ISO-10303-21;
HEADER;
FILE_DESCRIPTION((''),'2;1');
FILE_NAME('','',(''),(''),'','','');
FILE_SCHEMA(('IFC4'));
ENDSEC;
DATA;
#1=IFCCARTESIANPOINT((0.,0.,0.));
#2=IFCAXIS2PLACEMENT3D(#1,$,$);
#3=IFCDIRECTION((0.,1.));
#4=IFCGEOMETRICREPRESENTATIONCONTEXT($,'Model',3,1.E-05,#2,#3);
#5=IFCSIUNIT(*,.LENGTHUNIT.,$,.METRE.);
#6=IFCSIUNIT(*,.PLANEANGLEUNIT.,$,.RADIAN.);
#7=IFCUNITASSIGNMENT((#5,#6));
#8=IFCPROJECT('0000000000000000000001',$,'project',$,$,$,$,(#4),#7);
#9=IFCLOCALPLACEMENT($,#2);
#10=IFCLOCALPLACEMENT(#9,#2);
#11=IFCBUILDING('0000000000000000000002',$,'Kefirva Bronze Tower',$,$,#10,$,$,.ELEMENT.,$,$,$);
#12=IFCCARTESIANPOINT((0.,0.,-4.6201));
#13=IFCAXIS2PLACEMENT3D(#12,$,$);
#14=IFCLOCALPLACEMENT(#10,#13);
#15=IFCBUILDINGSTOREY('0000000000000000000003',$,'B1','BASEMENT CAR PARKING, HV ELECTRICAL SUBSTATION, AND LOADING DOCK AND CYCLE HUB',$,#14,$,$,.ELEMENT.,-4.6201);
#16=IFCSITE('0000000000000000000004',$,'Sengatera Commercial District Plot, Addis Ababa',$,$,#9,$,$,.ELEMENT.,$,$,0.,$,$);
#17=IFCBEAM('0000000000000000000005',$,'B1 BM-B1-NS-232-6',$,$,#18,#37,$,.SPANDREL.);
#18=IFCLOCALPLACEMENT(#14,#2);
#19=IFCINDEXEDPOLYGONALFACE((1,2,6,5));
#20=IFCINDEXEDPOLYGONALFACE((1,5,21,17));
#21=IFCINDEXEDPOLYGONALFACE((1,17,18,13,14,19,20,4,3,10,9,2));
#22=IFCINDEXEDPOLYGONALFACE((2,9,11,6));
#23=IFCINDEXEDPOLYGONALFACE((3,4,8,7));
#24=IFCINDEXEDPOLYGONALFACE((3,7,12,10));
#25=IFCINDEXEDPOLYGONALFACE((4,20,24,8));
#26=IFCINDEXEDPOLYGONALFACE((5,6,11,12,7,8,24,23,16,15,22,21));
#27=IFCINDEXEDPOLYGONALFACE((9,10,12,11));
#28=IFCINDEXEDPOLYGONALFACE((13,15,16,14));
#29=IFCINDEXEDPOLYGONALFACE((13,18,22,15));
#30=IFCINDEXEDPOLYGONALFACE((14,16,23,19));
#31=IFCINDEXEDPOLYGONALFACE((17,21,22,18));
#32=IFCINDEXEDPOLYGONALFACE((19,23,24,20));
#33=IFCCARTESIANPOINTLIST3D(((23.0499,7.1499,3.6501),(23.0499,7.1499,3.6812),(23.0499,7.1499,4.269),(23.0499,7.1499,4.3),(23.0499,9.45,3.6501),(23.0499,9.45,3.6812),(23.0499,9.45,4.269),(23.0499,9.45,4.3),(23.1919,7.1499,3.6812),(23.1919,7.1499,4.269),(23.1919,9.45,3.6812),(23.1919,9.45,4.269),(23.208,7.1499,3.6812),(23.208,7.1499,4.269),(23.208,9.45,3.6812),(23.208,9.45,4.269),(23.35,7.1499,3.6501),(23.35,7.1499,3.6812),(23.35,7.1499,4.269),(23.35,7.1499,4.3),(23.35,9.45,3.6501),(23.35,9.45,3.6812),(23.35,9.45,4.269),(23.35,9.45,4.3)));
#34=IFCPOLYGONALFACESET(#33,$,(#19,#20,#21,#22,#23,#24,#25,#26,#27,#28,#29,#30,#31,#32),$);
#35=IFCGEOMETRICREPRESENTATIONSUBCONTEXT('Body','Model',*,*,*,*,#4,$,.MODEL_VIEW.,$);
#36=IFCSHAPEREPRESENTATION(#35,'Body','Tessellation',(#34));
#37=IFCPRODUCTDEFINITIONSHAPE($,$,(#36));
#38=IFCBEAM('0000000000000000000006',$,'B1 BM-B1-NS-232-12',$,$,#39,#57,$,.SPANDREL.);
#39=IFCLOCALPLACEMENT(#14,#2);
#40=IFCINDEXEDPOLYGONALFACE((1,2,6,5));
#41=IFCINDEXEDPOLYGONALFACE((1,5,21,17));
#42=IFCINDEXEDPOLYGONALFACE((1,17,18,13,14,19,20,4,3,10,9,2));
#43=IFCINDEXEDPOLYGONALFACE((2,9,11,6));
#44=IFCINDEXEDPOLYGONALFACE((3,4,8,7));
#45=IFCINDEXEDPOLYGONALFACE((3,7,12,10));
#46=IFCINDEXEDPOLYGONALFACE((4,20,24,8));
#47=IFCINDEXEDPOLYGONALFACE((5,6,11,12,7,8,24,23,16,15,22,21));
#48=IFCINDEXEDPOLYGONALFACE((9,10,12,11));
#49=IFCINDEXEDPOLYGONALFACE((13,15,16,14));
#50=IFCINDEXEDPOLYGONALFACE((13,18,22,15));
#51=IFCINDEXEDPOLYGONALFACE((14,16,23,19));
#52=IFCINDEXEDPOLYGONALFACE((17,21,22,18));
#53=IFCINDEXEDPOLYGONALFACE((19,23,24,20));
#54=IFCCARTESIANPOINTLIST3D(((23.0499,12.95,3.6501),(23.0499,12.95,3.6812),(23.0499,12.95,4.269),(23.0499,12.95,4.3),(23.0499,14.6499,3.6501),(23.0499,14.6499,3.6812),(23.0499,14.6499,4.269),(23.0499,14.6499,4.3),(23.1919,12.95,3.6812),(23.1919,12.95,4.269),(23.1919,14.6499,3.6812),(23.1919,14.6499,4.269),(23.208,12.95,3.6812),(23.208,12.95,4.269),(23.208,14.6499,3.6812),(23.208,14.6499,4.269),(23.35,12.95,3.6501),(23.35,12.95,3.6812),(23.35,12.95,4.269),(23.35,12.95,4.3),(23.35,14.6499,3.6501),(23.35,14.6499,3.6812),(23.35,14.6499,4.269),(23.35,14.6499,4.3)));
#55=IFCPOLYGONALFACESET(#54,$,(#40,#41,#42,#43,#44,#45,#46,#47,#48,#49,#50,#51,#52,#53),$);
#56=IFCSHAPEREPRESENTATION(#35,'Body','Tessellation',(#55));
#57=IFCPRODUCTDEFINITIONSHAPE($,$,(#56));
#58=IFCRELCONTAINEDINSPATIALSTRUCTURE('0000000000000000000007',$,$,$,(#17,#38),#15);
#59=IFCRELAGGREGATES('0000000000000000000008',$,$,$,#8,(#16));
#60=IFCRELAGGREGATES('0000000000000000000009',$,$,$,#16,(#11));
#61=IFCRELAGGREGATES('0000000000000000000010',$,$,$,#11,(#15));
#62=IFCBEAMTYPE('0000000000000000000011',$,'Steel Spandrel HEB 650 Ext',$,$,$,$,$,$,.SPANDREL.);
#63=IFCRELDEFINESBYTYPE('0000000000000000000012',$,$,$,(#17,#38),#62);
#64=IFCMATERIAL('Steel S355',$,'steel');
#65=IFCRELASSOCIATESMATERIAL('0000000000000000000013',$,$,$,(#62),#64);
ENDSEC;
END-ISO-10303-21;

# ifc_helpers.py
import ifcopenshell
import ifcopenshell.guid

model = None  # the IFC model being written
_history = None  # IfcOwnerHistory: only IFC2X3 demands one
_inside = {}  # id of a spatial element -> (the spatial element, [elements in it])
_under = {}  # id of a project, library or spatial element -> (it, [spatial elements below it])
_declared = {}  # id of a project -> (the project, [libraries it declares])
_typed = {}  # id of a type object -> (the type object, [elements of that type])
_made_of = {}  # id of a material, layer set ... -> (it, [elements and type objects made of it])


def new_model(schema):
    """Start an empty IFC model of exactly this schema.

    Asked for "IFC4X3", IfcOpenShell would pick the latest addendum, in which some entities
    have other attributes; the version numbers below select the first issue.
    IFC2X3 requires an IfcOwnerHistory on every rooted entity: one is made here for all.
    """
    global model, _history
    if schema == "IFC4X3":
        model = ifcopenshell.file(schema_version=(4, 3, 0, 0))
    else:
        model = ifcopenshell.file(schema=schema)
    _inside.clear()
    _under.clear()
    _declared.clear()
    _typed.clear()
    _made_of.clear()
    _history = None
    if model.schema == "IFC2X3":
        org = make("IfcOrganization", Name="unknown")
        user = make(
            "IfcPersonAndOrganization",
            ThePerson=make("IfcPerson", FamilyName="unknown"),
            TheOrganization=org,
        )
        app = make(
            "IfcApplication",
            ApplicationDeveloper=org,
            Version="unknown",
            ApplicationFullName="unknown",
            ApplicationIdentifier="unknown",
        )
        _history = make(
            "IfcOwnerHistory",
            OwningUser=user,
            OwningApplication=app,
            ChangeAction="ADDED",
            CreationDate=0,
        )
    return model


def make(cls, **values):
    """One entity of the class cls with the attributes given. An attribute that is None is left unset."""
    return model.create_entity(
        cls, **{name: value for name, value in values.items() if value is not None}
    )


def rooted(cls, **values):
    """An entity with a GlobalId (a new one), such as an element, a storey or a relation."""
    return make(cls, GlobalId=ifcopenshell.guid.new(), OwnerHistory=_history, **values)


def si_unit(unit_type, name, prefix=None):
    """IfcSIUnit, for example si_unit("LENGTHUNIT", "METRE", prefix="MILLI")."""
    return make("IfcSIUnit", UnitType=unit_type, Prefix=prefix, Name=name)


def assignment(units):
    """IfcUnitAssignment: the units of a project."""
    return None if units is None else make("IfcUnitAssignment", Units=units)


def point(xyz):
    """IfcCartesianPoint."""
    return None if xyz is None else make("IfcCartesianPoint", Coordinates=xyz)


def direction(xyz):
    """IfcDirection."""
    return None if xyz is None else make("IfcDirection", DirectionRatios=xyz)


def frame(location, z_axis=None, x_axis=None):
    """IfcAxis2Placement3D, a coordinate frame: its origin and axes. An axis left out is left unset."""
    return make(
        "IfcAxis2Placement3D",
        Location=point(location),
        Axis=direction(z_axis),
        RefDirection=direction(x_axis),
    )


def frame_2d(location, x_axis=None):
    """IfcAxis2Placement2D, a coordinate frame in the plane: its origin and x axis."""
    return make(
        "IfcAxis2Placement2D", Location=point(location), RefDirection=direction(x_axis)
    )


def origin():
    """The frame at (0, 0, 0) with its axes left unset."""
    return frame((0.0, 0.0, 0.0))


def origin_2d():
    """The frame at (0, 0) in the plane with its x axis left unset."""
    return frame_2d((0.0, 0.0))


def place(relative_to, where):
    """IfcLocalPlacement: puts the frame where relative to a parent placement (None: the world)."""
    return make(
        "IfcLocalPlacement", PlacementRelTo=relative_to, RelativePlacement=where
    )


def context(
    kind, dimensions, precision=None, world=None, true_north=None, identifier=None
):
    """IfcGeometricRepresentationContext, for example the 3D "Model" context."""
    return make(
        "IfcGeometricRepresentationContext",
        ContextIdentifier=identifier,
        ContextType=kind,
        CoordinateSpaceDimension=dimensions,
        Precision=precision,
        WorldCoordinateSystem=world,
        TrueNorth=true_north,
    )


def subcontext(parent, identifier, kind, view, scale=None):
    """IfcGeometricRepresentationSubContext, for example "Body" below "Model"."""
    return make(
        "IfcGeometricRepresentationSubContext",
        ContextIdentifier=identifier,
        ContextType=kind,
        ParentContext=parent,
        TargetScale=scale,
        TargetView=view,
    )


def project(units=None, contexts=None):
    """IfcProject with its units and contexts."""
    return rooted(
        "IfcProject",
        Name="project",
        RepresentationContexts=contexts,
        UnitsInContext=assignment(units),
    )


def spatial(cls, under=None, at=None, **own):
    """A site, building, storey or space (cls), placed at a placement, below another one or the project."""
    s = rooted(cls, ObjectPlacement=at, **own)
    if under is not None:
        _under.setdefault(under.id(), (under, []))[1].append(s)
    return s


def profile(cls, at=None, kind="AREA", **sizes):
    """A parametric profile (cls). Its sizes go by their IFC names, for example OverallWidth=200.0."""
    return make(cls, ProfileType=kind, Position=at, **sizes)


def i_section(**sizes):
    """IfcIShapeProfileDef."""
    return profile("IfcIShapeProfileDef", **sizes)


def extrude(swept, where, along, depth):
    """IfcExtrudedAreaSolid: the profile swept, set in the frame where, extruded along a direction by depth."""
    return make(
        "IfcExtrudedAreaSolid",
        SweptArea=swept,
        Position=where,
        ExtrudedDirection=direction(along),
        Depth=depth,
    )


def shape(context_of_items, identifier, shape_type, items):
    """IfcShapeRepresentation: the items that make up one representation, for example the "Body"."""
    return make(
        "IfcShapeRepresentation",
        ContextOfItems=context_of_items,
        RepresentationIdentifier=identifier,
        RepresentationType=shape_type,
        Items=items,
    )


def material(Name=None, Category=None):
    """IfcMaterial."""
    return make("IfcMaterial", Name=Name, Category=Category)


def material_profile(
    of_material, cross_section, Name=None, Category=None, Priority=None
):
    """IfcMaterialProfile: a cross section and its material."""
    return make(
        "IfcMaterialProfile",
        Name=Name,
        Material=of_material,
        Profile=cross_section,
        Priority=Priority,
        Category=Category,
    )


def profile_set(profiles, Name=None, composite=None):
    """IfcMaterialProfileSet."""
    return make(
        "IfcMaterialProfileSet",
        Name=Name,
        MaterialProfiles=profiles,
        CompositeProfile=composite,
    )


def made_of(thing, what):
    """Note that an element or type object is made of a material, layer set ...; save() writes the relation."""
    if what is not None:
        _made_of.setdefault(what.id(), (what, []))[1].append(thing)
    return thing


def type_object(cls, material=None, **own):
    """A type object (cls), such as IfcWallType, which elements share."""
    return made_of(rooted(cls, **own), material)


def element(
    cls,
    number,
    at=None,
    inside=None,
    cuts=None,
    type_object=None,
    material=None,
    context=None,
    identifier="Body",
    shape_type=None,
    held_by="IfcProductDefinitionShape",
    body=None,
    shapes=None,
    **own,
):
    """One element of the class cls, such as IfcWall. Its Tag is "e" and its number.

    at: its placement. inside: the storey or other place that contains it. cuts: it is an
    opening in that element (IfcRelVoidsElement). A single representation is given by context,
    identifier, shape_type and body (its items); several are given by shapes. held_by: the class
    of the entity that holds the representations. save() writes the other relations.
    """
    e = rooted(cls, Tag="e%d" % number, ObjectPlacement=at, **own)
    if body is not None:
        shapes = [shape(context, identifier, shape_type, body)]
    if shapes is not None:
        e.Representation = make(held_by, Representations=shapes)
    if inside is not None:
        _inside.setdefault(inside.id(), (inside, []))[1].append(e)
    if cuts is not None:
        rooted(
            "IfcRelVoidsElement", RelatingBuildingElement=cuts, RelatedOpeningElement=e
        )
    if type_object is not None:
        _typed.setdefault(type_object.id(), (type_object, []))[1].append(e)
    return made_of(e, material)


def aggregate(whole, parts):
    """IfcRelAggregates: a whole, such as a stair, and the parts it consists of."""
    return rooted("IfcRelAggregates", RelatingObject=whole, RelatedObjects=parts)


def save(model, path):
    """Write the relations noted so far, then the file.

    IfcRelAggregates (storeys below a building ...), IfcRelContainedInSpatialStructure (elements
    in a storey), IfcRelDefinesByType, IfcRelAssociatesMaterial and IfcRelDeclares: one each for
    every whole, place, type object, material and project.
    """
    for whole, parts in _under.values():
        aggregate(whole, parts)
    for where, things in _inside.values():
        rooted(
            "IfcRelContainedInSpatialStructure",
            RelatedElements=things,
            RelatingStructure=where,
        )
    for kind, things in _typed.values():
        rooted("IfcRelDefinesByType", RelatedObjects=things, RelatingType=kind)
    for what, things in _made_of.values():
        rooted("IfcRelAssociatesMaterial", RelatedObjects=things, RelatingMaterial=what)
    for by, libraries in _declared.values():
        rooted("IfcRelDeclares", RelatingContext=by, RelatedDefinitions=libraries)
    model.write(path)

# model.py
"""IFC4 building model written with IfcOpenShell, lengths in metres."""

from ifc_helpers import new_model, si_unit, direction, frame, origin, origin_2d, place, context, subcontext, project, spatial, i_section, extrude, material, material_profile, profile_set, type_object, element, save


model = new_model("IFC4")

# Units and contexts
model_context = context("Model", 3, precision=1e-05, world=origin(), true_north=direction((0.0, 1.0)))
body_context = subcontext(model_context, "Body", "Model", "MODEL_VIEW")
ifc_project = project(units=[si_unit("LENGTHUNIT", "METRE"), si_unit("PLANEANGLEUNIT", "RADIAN")], contexts=[model_context])

# Site, building, storey
site_placement = place(None, origin())
site = spatial("IfcSite", under=ifc_project, at=site_placement, Name="Sengatera Commercial District Plot, Addis Ababa", CompositionType="ELEMENT", RefElevation=0.0)
building_placement = place(site_placement, origin())
building = spatial("IfcBuilding", under=site, at=building_placement, Name="Kefirva Bronze Tower", CompositionType="ELEMENT")
storey_placement = place(building_placement, frame((0.0, 0.0, -4.6201)))
storey = spatial("IfcBuildingStorey", under=building, at=storey_placement, Name="B1", Description="BASEMENT CAR PARKING, HV ELECTRICAL SUBSTATION, AND LOADING DOCK AND CYCLE HUB", CompositionType="ELEMENT", Elevation=-4.6201)

# Beams
ifc_material_1 = material(Name="Steel S355", Category="steel")
ifc_material_profile_1 = material_profile(ifc_material_1, i_section(OverallWidth=0.3, OverallDepth=0.6499, WebThickness=0.0161, FlangeThickness=0.031, at=origin_2d()), Name="HEB 650")
ifc_profile_set_1 = profile_set([ifc_material_profile_1], Name="Steel S355")
beam_type_1 = type_object("IfcBeamType", Name="Steel Spandrel HEB 650 Ext", PredefinedType="SPANDREL", material=ifc_profile_set_1)
beam_1_placement = place(storey_placement, frame((23.2, 7.1499, 3.9751), z_axis=(0.0, 1.0, 0.0), x_axis=(-1.0, 0.0, 0.0)))
element("IfcBeam", 1, at=beam_1_placement, inside=storey, type_object=beam_type_1, Name="B1 BM-B1-NS-232-6", PredefinedType="SPANDREL", context=body_context, shape_type="SweptSolid", body=[
    extrude(i_section(OverallWidth=0.3, OverallDepth=0.6499, WebThickness=0.0161, FlangeThickness=0.031, at=origin_2d()), origin(), (0.0, 0.0, 1.0), 2.3),
])
beam_2_placement = place(storey_placement, frame((23.2, 12.95, 3.9751), z_axis=(0.0, 1.0, 0.0), x_axis=(-1.0, 0.0, 0.0)))
element("IfcBeam", 2, at=beam_2_placement, inside=storey, type_object=beam_type_1, Name="B1 BM-B1-NS-232-12", PredefinedType="SPANDREL", context=body_context, shape_type="SweptSolid", body=[
    extrude(i_section(OverallWidth=0.3, OverallDepth=0.6499, WebThickness=0.0161, FlangeThickness=0.031, at=origin_2d()), origin(), (0.0, 0.0, 1.0), 1.7),
])

save(model, "model.ifc")
